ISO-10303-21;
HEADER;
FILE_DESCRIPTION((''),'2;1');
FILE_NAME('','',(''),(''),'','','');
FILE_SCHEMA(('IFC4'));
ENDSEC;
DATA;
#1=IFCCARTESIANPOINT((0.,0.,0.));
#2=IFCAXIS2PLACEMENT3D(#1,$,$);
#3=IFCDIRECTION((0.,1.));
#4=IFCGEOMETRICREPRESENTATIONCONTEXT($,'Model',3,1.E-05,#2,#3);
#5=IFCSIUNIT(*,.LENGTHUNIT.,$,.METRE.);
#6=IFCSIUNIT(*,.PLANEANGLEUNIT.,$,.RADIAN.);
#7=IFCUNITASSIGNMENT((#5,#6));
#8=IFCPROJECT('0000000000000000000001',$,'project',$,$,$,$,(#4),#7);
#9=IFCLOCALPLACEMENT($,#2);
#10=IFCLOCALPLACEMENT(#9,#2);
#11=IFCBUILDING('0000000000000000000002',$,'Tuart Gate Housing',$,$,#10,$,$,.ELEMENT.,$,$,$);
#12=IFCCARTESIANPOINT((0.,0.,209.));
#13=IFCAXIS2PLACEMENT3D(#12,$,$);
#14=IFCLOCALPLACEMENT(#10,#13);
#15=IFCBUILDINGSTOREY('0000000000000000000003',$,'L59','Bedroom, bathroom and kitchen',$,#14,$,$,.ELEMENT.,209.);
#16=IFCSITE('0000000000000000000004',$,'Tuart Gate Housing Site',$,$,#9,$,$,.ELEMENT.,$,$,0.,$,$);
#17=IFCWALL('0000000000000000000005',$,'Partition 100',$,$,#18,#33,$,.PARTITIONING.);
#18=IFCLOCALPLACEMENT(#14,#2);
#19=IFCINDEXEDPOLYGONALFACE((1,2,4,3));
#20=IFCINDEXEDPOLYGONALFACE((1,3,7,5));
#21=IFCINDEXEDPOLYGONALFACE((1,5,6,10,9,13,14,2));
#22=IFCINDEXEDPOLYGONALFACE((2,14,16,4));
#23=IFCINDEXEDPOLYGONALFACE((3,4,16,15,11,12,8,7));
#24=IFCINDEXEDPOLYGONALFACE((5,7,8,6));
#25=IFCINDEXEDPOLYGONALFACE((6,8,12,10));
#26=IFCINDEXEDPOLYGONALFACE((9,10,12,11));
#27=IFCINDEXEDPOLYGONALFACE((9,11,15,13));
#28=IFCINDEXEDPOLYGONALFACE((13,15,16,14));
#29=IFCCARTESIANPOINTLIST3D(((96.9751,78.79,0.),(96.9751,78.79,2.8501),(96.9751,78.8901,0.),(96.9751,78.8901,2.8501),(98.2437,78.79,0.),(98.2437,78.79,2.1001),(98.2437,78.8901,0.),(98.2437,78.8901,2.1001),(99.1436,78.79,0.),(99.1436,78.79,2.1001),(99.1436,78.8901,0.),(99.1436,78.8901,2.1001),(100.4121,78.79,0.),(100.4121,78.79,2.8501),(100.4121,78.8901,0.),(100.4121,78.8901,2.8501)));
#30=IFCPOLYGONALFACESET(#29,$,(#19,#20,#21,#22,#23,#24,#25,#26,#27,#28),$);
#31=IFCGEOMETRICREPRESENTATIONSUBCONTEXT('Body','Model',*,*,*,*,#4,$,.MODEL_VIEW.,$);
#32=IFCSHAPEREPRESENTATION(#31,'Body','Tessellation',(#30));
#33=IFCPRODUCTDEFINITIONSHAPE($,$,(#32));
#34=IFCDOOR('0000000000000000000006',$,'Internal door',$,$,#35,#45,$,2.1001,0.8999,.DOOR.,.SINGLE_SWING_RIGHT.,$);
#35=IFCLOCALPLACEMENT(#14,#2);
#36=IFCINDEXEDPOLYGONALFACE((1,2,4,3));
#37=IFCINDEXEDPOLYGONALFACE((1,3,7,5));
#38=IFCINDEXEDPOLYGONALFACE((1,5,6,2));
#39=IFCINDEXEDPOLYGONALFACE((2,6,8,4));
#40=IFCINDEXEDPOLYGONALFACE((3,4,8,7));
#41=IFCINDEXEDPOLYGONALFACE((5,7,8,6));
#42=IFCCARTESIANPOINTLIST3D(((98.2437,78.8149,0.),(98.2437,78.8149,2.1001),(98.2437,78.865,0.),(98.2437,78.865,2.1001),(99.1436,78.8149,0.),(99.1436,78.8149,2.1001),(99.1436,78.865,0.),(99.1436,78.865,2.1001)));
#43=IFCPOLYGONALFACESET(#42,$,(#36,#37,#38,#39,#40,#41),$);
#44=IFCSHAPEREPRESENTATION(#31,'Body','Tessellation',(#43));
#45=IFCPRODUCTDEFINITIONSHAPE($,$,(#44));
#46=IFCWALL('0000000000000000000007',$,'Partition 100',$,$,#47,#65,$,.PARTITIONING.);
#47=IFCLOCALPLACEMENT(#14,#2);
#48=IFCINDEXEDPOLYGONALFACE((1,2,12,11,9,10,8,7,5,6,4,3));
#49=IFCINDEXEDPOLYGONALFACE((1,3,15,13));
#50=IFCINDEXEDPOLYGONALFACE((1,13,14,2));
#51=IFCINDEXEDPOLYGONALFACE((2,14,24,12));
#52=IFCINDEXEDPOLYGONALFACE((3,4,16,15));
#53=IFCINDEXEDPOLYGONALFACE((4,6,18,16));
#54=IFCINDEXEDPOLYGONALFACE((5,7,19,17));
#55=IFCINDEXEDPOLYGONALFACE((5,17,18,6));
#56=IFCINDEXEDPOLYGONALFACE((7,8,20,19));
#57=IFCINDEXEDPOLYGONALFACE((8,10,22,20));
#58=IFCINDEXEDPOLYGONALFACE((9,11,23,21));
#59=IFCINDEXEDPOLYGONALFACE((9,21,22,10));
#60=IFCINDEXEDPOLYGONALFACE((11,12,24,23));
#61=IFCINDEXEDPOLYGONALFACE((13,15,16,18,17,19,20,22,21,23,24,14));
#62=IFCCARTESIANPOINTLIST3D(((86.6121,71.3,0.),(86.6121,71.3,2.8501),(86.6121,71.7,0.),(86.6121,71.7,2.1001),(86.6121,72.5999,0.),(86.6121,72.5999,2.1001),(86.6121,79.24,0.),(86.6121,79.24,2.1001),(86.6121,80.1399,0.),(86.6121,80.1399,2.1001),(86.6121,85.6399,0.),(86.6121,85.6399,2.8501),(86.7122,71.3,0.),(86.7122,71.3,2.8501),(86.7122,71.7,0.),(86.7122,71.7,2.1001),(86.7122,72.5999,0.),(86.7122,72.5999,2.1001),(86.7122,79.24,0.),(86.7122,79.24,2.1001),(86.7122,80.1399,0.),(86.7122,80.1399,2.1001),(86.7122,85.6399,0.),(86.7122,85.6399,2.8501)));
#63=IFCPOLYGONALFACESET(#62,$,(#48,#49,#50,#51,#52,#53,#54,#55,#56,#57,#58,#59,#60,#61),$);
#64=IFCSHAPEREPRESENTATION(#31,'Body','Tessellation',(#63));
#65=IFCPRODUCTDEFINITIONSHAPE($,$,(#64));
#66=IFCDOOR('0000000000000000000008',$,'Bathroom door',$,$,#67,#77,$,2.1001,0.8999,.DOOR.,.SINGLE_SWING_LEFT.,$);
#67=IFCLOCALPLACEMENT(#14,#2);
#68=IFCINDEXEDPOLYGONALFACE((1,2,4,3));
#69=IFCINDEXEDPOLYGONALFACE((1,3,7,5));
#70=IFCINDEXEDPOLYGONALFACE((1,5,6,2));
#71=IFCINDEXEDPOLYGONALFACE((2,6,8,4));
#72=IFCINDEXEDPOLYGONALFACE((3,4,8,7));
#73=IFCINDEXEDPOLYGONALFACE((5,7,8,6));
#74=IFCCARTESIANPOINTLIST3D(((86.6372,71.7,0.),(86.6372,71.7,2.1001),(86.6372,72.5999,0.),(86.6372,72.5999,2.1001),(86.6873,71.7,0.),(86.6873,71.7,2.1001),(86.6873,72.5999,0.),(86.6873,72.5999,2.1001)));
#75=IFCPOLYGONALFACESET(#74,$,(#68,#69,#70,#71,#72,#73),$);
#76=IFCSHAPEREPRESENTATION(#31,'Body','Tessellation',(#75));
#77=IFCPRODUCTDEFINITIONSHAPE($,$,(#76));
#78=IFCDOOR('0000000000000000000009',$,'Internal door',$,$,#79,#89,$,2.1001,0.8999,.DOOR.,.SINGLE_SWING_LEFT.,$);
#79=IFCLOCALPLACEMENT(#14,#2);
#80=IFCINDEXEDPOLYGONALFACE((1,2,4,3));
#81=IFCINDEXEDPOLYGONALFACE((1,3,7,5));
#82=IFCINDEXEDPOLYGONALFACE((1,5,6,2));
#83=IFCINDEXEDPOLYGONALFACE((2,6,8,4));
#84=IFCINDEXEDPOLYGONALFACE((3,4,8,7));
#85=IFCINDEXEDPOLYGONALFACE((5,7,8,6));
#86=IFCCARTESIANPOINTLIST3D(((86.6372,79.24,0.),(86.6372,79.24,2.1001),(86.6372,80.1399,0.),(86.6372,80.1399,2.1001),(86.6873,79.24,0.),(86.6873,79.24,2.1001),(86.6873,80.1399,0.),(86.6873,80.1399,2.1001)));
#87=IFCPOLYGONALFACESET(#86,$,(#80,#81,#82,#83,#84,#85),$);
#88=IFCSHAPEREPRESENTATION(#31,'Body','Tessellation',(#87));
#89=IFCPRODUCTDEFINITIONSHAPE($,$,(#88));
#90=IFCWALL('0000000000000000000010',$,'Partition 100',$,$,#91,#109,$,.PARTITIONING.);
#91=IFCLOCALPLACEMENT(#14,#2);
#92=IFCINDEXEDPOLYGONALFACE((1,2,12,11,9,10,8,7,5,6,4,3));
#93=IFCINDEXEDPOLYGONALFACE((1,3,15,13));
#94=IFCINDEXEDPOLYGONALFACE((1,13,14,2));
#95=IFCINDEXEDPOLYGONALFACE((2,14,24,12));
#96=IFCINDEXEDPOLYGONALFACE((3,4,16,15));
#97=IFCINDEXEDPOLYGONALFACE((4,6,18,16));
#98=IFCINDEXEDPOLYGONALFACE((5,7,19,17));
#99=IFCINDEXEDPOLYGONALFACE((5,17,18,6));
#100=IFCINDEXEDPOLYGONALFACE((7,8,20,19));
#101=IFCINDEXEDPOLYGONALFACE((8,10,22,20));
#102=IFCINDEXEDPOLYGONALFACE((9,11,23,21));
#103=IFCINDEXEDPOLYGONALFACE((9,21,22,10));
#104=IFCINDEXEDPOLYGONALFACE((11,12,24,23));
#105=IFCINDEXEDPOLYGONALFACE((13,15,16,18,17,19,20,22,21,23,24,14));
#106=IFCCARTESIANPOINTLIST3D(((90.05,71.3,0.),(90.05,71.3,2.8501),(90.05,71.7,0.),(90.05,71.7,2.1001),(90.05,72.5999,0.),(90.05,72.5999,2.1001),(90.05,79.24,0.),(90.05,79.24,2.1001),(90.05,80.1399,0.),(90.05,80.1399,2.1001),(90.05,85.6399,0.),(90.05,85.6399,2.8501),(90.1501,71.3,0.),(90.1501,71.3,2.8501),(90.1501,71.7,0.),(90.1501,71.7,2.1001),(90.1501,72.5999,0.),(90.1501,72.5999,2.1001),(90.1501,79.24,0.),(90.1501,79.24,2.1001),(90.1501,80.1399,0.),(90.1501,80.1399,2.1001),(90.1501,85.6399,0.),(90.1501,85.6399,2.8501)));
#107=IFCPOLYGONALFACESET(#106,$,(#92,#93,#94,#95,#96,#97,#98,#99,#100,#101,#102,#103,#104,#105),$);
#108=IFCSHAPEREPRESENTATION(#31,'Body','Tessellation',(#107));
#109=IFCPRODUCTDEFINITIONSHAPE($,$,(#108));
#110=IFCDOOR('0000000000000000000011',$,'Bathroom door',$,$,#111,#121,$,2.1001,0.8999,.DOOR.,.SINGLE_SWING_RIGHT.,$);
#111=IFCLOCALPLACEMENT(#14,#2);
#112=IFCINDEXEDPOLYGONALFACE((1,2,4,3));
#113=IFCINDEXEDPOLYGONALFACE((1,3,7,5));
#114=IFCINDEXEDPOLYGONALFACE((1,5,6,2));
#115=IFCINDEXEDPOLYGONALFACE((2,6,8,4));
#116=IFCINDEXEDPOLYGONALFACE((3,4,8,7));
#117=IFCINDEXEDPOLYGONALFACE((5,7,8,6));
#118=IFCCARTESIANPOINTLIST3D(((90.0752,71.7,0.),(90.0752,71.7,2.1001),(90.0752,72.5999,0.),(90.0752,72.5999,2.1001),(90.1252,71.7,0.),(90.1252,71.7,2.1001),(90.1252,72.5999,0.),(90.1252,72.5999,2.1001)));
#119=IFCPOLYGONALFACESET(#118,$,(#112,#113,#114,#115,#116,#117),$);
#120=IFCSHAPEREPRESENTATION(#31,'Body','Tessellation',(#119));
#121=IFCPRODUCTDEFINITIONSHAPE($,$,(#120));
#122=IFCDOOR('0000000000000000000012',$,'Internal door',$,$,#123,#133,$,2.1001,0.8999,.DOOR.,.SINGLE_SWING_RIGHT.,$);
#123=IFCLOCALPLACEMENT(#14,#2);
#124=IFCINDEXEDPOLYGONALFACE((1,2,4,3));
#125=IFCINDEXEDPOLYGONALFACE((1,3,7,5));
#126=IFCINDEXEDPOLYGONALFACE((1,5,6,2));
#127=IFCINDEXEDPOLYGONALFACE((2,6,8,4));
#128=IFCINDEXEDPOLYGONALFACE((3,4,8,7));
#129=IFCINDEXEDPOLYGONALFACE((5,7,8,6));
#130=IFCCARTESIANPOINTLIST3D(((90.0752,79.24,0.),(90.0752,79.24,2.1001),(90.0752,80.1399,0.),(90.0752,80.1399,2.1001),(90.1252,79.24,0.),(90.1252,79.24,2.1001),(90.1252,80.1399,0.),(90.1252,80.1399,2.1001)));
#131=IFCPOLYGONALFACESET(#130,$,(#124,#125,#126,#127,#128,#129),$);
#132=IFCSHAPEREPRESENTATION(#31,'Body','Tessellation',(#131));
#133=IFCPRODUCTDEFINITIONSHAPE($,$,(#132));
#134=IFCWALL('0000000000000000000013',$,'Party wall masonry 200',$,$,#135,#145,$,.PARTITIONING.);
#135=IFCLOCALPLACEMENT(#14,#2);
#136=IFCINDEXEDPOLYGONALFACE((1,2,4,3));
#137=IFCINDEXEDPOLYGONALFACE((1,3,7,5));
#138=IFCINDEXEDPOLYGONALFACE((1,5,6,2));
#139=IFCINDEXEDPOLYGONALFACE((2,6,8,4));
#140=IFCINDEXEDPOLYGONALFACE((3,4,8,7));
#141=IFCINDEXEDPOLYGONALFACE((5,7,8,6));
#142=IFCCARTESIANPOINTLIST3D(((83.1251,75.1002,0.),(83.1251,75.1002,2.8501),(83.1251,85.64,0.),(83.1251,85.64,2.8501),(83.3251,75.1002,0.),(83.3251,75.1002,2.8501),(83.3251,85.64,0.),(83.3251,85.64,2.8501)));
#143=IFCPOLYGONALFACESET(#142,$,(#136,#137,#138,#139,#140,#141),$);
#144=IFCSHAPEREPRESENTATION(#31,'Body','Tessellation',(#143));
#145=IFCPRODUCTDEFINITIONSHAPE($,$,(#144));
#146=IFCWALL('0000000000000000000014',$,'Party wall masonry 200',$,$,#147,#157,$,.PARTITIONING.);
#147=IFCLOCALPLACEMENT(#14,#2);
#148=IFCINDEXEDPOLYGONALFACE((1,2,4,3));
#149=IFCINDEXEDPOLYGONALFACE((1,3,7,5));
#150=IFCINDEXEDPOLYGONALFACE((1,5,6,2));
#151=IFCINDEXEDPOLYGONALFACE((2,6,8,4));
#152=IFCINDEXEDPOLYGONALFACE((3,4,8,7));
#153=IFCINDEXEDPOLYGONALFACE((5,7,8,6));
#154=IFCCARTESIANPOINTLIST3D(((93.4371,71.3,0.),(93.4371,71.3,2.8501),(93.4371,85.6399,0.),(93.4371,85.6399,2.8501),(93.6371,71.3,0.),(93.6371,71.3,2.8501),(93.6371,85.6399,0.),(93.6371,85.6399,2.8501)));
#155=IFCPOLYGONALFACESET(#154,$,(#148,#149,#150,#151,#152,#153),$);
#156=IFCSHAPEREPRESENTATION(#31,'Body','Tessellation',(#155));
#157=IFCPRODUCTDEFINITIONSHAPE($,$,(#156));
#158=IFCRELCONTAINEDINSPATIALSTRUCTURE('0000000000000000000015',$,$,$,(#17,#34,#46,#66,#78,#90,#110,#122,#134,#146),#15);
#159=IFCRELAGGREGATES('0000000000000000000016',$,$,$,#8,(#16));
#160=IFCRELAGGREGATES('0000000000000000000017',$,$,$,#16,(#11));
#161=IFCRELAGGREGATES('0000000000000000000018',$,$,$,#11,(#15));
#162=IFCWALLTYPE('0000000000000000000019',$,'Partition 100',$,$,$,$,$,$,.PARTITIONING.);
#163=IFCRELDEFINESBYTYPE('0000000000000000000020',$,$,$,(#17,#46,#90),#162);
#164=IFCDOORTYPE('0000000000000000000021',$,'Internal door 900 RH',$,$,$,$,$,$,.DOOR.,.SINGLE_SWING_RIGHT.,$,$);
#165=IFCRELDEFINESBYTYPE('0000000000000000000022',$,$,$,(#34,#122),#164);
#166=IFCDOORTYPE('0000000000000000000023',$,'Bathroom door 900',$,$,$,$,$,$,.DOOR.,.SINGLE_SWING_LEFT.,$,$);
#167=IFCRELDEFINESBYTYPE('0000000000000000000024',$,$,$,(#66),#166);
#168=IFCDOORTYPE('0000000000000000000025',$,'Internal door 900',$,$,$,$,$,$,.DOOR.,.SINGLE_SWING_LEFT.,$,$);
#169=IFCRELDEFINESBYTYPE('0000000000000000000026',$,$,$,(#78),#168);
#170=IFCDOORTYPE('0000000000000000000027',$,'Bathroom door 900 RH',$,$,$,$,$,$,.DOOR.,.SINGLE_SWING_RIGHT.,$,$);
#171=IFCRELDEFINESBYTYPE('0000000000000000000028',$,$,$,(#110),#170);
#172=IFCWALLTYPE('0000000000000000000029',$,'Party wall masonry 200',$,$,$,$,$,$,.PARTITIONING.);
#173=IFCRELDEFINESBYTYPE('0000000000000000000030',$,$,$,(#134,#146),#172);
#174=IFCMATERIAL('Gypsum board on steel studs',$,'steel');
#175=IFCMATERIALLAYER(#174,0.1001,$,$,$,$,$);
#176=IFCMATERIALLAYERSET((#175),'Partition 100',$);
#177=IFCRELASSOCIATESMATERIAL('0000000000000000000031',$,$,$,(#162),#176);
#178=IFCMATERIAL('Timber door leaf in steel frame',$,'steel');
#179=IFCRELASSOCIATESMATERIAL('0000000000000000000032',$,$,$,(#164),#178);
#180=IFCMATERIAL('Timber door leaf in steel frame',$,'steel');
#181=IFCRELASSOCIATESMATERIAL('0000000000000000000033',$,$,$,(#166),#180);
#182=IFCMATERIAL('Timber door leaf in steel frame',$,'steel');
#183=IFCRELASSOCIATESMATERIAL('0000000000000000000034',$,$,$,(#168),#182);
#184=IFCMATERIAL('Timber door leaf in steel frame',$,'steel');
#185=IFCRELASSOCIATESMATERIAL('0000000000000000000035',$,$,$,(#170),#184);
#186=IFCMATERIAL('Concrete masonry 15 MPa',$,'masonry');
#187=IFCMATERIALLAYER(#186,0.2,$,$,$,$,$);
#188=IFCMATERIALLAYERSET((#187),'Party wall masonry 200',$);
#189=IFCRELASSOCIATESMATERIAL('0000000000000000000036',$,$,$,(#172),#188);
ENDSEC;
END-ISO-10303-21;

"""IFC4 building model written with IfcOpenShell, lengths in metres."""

from ifc_helpers import new_model, si_unit, direction, frame, frame_2d, origin, place, context, subcontext, project, spatial, rectangle, extrude, material, layer, layer_set, type_object, element, fill, save


model = new_model("IFC4")

# Units and contexts
model_context = context("Model", 3, precision=1e-05, world=origin(), true_north=direction((0.0, 1.0)))
body_context = subcontext(model_context, "Body", "Model", "MODEL_VIEW")
ifc_project = project(units=[si_unit("LENGTHUNIT", "METRE"), si_unit("PLANEANGLEUNIT", "RADIAN")], contexts=[model_context])

# Site, building, storey
site_placement = place(None, origin())
site = spatial("IfcSite", under=ifc_project, at=site_placement, Name="Tuart Gate Housing Site", CompositionType="ELEMENT", RefElevation=0.0)
building_placement = place(site_placement, origin())
building = spatial("IfcBuilding", under=site, at=building_placement, Name="Tuart Gate Housing", CompositionType="ELEMENT")
storey_placement = place(building_placement, frame((0.0, 0.0, 209.0)))
storey = spatial("IfcBuildingStorey", under=building, at=storey_placement, Name="L59", Description="Bedroom, bathroom and kitchen", CompositionType="ELEMENT", Elevation=209.0)

# Shared definitions
ifc_material_1 = material(Name="Gypsum board on steel studs", Category="steel")
ifc_layer_1 = layer(ifc_material_1, 0.1001)
ifc_layer_set_1 = layer_set([ifc_layer_1], Name="Partition 100")
wall_type_1 = type_object("IfcWallType", Name="Partition 100", PredefinedType="PARTITIONING", material=ifc_layer_set_1)

# Wall, opening, door
ifc_material_2 = material(Name="Timber door leaf in steel frame", Category="steel")
door_type_1 = type_object("IfcDoorType", Name="Internal door 900 RH", OperationType="SINGLE_SWING_RIGHT", PredefinedType="DOOR", material=ifc_material_2)
wall_1_placement = place(storey_placement, frame((96.9751, 78.8401, 0.0), z_axis=(0.0, 0.0, 1.0), x_axis=(1.0, 0.0, 0.0)))
wall_1 = element("IfcWall", 1, at=wall_1_placement, inside=storey, type_object=wall_type_1, Name="Partition 100", PredefinedType="PARTITIONING", context=body_context, shape_type="SweptSolid", body=[
    extrude(rectangle(XDim=3.437, YDim=0.1001, at=frame_2d((1.7185, 0.0))), origin(), (0.0, 0.0, 1.0), 2.8501),
])
opening_1_placement = place(wall_1_placement, frame((1.2686, 0.0, 0.0)))
opening_1 = element("IfcOpeningElement", 2, at=opening_1_placement, cuts=wall_1, PredefinedType="OPENING", context=body_context, shape_type="SweptSolid", body=[
    extrude(rectangle(XDim=0.8999, YDim=2.1001, at=frame_2d((0.45, 1.05))), frame((0.0, 0.0601, 0.0), z_axis=(0.0, -1.0, 0.0), x_axis=(1.0, 0.0, 0.0)), (0.0, 0.0, 1.0), 0.1201),
])
door_1_placement = place(opening_1_placement, frame((0.8999, 0.0, 0.0), z_axis=(0.0, 0.0, 1.0), x_axis=(-1.0, 0.0, 0.0)))
door_1 = element("IfcDoor", 3, at=door_1_placement, inside=storey, type_object=door_type_1, Name="Internal door", OperationType="SINGLE_SWING_RIGHT", OverallHeight=2.1001, OverallWidth=0.8999, PredefinedType="DOOR", context=body_context, shape_type="SweptSolid", body=[
    extrude(rectangle(XDim=0.8999, YDim=2.1001, at=frame_2d((0.45, 1.05))), frame((0.0, 0.0251, 0.0), z_axis=(0.0, -1.0, 0.0), x_axis=(1.0, 0.0, 0.0)), (0.0, 0.0, 1.0), 0.05),
])
fill(opening_1, door_1)

# Walls, openings, doors
wall_2_placement = place(storey_placement, frame((86.6621, 71.3, 0.0), z_axis=(0.0, 0.0, 1.0), x_axis=(0.0, 1.0, 0.0)))
wall_2 = element("IfcWall", 4, at=wall_2_placement, inside=storey, type_object=wall_type_1, Name="Partition 100", PredefinedType="PARTITIONING", context=body_context, shape_type="SweptSolid", body=[
    extrude(rectangle(XDim=14.3398, YDim=0.1001, at=frame_2d((7.1699, 0.0))), origin(), (0.0, 0.0, 1.0), 2.8501),
])
opening_2_placement = place(wall_2_placement, frame((7.9399, 0.0, 0.0)))
opening_2 = element("IfcOpeningElement", 5, at=opening_2_placement, cuts=wall_2, PredefinedType="OPENING", context=body_context, shape_type="SweptSolid", body=[
    extrude(rectangle(XDim=0.8999, YDim=2.1001, at=frame_2d((0.45, 1.05))), frame((0.0, 0.0601, 0.0), z_axis=(0.0, -1.0, 0.0), x_axis=(1.0, 0.0, 0.0)), (0.0, 0.0, 1.0), 0.1201),
])
opening_3_placement = place(wall_2_placement, frame((0.3999, 0.0, 0.0)))
opening_3 = element("IfcOpeningElement", 6, at=opening_3_placement, cuts=wall_2, PredefinedType="OPENING", context=body_context, shape_type="SweptSolid", body=[
    extrude(rectangle(XDim=0.8999, YDim=2.1001, at=frame_2d((0.45, 1.05))), frame((0.0, 0.0601, 0.0), z_axis=(0.0, -1.0, 0.0), x_axis=(1.0, 0.0, 0.0)), (0.0, 0.0, 1.0), 0.1201),
])
ifc_material_3 = material(Name="Timber door leaf in steel frame", Category="steel")
door_type_2 = type_object("IfcDoorType", Name="Bathroom door 900", OperationType="SINGLE_SWING_LEFT", PredefinedType="DOOR", material=ifc_material_3)
door_2_placement = place(opening_3_placement, origin())
door_2 = element("IfcDoor", 7, at=door_2_placement, inside=storey, type_object=door_type_2, Name="Bathroom door", OperationType="SINGLE_SWING_LEFT", OverallHeight=2.1001, OverallWidth=0.8999, PredefinedType="DOOR", context=body_context, shape_type="SweptSolid", body=[
    extrude(rectangle(XDim=0.8999, YDim=2.1001, at=frame_2d((0.45, 1.05))), frame((0.0, 0.0249, 0.0), z_axis=(0.0, -1.0, 0.0), x_axis=(1.0, 0.0, 0.0)), (0.0, 0.0, 1.0), 0.05),
])
fill(opening_3, door_2)
ifc_material_4 = material(Name="Timber door leaf in steel frame", Category="steel")
door_type_3 = type_object("IfcDoorType", Name="Internal door 900", OperationType="SINGLE_SWING_LEFT", PredefinedType="DOOR", material=ifc_material_4)
door_3_placement = place(opening_2_placement, origin())
door_3 = element("IfcDoor", 8, at=door_3_placement, inside=storey, type_object=door_type_3, Name="Internal door", OperationType="SINGLE_SWING_LEFT", OverallHeight=2.1001, OverallWidth=0.8999, PredefinedType="DOOR", context=body_context, shape_type="SweptSolid", body=[
    extrude(rectangle(XDim=0.8999, YDim=2.1001, at=frame_2d((0.45, 1.05))), frame((0.0, 0.0249, 0.0), z_axis=(0.0, -1.0, 0.0), x_axis=(1.0, 0.0, 0.0)), (0.0, 0.0, 1.0), 0.05),
])
fill(opening_2, door_3)
wall_3_placement = place(storey_placement, frame((90.1001, 71.3, 0.0), z_axis=(0.0, 0.0, 1.0), x_axis=(0.0, 1.0, 0.0)))
wall_3 = element("IfcWall", 9, at=wall_3_placement, inside=storey, type_object=wall_type_1, Name="Partition 100", PredefinedType="PARTITIONING", context=body_context, shape_type="SweptSolid", body=[
    extrude(rectangle(XDim=14.3398, YDim=0.1001, at=frame_2d((7.1699, 0.0))), origin(), (0.0, 0.0, 1.0), 2.8501),
])
opening_4_placement = place(wall_3_placement, frame((7.9399, 0.0, 0.0)))
opening_4 = element("IfcOpeningElement", 10, at=opening_4_placement, cuts=wall_3, PredefinedType="OPENING", context=body_context, shape_type="SweptSolid", body=[
    extrude(rectangle(XDim=0.8999, YDim=2.1001, at=frame_2d((0.45, 1.05))), frame((0.0, 0.0601, 0.0), z_axis=(0.0, -1.0, 0.0), x_axis=(1.0, 0.0, 0.0)), (0.0, 0.0, 1.0), 0.1201),
])
opening_5_placement = place(wall_3_placement, frame((0.3999, 0.0, 0.0)))
opening_5 = element("IfcOpeningElement", 11, at=opening_5_placement, cuts=wall_3, PredefinedType="OPENING", context=body_context, shape_type="SweptSolid", body=[
    extrude(rectangle(XDim=0.8999, YDim=2.1001, at=frame_2d((0.45, 1.05))), frame((0.0, 0.0601, 0.0), z_axis=(0.0, -1.0, 0.0), x_axis=(1.0, 0.0, 0.0)), (0.0, 0.0, 1.0), 0.1201),
])
ifc_material_5 = material(Name="Timber door leaf in steel frame", Category="steel")
door_type_4 = type_object("IfcDoorType", Name="Bathroom door 900 RH", OperationType="SINGLE_SWING_RIGHT", PredefinedType="DOOR", material=ifc_material_5)
door_4_placement = place(opening_5_placement, frame((0.8999, 0.0, 0.0), z_axis=(0.0, 0.0, 1.0), x_axis=(-1.0, 0.0, 0.0)))
door_4 = element("IfcDoor", 12, at=door_4_placement, inside=storey, type_object=door_type_4, Name="Bathroom door", OperationType="SINGLE_SWING_RIGHT", OverallHeight=2.1001, OverallWidth=0.8999, PredefinedType="DOOR", context=body_context, shape_type="SweptSolid", body=[
    extrude(rectangle(XDim=0.8999, YDim=2.1001, at=frame_2d((0.45, 1.05))), frame((0.0, 0.0251, 0.0), z_axis=(0.0, -1.0, 0.0), x_axis=(1.0, 0.0, 0.0)), (0.0, 0.0, 1.0), 0.05),
])
fill(opening_5, door_4)
door_5_placement = place(opening_4_placement, frame((0.8999, 0.0, 0.0), z_axis=(0.0, 0.0, 1.0), x_axis=(-1.0, 0.0, 0.0)))
door_5 = element("IfcDoor", 13, at=door_5_placement, inside=storey, type_object=door_type_1, Name="Internal door", OperationType="SINGLE_SWING_RIGHT", OverallHeight=2.1001, OverallWidth=0.8999, PredefinedType="DOOR", context=body_context, shape_type="SweptSolid", body=[
    extrude(rectangle(XDim=0.8999, YDim=2.1001, at=frame_2d((0.45, 1.05))), frame((0.0, 0.0251, 0.0), z_axis=(0.0, -1.0, 0.0), x_axis=(1.0, 0.0, 0.0)), (0.0, 0.0, 1.0), 0.05),
])
fill(opening_4, door_5)

# Walls
ifc_material_6 = material(Name="Concrete masonry 15 MPa", Category="masonry")
ifc_layer_2 = layer(ifc_material_6, 0.2)
ifc_layer_set_2 = layer_set([ifc_layer_2], Name="Party wall masonry 200")
wall_type_2 = type_object("IfcWallType", Name="Party wall masonry 200", PredefinedType="PARTITIONING", material=ifc_layer_set_2)
wall_4_placement = place(storey_placement, frame((83.2251, 75.1001, 0.0), z_axis=(0.0, 0.0, 1.0), x_axis=(0.0, 1.0, 0.0)))
element("IfcWall", 14, at=wall_4_placement, inside=storey, type_object=wall_type_2, Name="Party wall masonry 200", PredefinedType="PARTITIONING", context=body_context, shape_type="SweptSolid", body=[
    extrude(rectangle(XDim=10.5398, YDim=0.2, at=frame_2d((5.27, 0.0))), origin(), (0.0, 0.0, 1.0), 2.8501),
])
wall_5_placement = place(storey_placement, frame((93.5371, 71.3, 0.0), z_axis=(0.0, 0.0, 1.0), x_axis=(0.0, 1.0, 0.0)))
element("IfcWall", 15, at=wall_5_placement, inside=storey, type_object=wall_type_2, Name="Party wall masonry 200", PredefinedType="PARTITIONING", context=body_context, shape_type="SweptSolid", body=[
    extrude(rectangle(XDim=14.3398, YDim=0.2, at=frame_2d((7.1699, 0.0))), origin(), (0.0, 0.0, 1.0), 2.8501),
])

save(model, "model.ifc")
